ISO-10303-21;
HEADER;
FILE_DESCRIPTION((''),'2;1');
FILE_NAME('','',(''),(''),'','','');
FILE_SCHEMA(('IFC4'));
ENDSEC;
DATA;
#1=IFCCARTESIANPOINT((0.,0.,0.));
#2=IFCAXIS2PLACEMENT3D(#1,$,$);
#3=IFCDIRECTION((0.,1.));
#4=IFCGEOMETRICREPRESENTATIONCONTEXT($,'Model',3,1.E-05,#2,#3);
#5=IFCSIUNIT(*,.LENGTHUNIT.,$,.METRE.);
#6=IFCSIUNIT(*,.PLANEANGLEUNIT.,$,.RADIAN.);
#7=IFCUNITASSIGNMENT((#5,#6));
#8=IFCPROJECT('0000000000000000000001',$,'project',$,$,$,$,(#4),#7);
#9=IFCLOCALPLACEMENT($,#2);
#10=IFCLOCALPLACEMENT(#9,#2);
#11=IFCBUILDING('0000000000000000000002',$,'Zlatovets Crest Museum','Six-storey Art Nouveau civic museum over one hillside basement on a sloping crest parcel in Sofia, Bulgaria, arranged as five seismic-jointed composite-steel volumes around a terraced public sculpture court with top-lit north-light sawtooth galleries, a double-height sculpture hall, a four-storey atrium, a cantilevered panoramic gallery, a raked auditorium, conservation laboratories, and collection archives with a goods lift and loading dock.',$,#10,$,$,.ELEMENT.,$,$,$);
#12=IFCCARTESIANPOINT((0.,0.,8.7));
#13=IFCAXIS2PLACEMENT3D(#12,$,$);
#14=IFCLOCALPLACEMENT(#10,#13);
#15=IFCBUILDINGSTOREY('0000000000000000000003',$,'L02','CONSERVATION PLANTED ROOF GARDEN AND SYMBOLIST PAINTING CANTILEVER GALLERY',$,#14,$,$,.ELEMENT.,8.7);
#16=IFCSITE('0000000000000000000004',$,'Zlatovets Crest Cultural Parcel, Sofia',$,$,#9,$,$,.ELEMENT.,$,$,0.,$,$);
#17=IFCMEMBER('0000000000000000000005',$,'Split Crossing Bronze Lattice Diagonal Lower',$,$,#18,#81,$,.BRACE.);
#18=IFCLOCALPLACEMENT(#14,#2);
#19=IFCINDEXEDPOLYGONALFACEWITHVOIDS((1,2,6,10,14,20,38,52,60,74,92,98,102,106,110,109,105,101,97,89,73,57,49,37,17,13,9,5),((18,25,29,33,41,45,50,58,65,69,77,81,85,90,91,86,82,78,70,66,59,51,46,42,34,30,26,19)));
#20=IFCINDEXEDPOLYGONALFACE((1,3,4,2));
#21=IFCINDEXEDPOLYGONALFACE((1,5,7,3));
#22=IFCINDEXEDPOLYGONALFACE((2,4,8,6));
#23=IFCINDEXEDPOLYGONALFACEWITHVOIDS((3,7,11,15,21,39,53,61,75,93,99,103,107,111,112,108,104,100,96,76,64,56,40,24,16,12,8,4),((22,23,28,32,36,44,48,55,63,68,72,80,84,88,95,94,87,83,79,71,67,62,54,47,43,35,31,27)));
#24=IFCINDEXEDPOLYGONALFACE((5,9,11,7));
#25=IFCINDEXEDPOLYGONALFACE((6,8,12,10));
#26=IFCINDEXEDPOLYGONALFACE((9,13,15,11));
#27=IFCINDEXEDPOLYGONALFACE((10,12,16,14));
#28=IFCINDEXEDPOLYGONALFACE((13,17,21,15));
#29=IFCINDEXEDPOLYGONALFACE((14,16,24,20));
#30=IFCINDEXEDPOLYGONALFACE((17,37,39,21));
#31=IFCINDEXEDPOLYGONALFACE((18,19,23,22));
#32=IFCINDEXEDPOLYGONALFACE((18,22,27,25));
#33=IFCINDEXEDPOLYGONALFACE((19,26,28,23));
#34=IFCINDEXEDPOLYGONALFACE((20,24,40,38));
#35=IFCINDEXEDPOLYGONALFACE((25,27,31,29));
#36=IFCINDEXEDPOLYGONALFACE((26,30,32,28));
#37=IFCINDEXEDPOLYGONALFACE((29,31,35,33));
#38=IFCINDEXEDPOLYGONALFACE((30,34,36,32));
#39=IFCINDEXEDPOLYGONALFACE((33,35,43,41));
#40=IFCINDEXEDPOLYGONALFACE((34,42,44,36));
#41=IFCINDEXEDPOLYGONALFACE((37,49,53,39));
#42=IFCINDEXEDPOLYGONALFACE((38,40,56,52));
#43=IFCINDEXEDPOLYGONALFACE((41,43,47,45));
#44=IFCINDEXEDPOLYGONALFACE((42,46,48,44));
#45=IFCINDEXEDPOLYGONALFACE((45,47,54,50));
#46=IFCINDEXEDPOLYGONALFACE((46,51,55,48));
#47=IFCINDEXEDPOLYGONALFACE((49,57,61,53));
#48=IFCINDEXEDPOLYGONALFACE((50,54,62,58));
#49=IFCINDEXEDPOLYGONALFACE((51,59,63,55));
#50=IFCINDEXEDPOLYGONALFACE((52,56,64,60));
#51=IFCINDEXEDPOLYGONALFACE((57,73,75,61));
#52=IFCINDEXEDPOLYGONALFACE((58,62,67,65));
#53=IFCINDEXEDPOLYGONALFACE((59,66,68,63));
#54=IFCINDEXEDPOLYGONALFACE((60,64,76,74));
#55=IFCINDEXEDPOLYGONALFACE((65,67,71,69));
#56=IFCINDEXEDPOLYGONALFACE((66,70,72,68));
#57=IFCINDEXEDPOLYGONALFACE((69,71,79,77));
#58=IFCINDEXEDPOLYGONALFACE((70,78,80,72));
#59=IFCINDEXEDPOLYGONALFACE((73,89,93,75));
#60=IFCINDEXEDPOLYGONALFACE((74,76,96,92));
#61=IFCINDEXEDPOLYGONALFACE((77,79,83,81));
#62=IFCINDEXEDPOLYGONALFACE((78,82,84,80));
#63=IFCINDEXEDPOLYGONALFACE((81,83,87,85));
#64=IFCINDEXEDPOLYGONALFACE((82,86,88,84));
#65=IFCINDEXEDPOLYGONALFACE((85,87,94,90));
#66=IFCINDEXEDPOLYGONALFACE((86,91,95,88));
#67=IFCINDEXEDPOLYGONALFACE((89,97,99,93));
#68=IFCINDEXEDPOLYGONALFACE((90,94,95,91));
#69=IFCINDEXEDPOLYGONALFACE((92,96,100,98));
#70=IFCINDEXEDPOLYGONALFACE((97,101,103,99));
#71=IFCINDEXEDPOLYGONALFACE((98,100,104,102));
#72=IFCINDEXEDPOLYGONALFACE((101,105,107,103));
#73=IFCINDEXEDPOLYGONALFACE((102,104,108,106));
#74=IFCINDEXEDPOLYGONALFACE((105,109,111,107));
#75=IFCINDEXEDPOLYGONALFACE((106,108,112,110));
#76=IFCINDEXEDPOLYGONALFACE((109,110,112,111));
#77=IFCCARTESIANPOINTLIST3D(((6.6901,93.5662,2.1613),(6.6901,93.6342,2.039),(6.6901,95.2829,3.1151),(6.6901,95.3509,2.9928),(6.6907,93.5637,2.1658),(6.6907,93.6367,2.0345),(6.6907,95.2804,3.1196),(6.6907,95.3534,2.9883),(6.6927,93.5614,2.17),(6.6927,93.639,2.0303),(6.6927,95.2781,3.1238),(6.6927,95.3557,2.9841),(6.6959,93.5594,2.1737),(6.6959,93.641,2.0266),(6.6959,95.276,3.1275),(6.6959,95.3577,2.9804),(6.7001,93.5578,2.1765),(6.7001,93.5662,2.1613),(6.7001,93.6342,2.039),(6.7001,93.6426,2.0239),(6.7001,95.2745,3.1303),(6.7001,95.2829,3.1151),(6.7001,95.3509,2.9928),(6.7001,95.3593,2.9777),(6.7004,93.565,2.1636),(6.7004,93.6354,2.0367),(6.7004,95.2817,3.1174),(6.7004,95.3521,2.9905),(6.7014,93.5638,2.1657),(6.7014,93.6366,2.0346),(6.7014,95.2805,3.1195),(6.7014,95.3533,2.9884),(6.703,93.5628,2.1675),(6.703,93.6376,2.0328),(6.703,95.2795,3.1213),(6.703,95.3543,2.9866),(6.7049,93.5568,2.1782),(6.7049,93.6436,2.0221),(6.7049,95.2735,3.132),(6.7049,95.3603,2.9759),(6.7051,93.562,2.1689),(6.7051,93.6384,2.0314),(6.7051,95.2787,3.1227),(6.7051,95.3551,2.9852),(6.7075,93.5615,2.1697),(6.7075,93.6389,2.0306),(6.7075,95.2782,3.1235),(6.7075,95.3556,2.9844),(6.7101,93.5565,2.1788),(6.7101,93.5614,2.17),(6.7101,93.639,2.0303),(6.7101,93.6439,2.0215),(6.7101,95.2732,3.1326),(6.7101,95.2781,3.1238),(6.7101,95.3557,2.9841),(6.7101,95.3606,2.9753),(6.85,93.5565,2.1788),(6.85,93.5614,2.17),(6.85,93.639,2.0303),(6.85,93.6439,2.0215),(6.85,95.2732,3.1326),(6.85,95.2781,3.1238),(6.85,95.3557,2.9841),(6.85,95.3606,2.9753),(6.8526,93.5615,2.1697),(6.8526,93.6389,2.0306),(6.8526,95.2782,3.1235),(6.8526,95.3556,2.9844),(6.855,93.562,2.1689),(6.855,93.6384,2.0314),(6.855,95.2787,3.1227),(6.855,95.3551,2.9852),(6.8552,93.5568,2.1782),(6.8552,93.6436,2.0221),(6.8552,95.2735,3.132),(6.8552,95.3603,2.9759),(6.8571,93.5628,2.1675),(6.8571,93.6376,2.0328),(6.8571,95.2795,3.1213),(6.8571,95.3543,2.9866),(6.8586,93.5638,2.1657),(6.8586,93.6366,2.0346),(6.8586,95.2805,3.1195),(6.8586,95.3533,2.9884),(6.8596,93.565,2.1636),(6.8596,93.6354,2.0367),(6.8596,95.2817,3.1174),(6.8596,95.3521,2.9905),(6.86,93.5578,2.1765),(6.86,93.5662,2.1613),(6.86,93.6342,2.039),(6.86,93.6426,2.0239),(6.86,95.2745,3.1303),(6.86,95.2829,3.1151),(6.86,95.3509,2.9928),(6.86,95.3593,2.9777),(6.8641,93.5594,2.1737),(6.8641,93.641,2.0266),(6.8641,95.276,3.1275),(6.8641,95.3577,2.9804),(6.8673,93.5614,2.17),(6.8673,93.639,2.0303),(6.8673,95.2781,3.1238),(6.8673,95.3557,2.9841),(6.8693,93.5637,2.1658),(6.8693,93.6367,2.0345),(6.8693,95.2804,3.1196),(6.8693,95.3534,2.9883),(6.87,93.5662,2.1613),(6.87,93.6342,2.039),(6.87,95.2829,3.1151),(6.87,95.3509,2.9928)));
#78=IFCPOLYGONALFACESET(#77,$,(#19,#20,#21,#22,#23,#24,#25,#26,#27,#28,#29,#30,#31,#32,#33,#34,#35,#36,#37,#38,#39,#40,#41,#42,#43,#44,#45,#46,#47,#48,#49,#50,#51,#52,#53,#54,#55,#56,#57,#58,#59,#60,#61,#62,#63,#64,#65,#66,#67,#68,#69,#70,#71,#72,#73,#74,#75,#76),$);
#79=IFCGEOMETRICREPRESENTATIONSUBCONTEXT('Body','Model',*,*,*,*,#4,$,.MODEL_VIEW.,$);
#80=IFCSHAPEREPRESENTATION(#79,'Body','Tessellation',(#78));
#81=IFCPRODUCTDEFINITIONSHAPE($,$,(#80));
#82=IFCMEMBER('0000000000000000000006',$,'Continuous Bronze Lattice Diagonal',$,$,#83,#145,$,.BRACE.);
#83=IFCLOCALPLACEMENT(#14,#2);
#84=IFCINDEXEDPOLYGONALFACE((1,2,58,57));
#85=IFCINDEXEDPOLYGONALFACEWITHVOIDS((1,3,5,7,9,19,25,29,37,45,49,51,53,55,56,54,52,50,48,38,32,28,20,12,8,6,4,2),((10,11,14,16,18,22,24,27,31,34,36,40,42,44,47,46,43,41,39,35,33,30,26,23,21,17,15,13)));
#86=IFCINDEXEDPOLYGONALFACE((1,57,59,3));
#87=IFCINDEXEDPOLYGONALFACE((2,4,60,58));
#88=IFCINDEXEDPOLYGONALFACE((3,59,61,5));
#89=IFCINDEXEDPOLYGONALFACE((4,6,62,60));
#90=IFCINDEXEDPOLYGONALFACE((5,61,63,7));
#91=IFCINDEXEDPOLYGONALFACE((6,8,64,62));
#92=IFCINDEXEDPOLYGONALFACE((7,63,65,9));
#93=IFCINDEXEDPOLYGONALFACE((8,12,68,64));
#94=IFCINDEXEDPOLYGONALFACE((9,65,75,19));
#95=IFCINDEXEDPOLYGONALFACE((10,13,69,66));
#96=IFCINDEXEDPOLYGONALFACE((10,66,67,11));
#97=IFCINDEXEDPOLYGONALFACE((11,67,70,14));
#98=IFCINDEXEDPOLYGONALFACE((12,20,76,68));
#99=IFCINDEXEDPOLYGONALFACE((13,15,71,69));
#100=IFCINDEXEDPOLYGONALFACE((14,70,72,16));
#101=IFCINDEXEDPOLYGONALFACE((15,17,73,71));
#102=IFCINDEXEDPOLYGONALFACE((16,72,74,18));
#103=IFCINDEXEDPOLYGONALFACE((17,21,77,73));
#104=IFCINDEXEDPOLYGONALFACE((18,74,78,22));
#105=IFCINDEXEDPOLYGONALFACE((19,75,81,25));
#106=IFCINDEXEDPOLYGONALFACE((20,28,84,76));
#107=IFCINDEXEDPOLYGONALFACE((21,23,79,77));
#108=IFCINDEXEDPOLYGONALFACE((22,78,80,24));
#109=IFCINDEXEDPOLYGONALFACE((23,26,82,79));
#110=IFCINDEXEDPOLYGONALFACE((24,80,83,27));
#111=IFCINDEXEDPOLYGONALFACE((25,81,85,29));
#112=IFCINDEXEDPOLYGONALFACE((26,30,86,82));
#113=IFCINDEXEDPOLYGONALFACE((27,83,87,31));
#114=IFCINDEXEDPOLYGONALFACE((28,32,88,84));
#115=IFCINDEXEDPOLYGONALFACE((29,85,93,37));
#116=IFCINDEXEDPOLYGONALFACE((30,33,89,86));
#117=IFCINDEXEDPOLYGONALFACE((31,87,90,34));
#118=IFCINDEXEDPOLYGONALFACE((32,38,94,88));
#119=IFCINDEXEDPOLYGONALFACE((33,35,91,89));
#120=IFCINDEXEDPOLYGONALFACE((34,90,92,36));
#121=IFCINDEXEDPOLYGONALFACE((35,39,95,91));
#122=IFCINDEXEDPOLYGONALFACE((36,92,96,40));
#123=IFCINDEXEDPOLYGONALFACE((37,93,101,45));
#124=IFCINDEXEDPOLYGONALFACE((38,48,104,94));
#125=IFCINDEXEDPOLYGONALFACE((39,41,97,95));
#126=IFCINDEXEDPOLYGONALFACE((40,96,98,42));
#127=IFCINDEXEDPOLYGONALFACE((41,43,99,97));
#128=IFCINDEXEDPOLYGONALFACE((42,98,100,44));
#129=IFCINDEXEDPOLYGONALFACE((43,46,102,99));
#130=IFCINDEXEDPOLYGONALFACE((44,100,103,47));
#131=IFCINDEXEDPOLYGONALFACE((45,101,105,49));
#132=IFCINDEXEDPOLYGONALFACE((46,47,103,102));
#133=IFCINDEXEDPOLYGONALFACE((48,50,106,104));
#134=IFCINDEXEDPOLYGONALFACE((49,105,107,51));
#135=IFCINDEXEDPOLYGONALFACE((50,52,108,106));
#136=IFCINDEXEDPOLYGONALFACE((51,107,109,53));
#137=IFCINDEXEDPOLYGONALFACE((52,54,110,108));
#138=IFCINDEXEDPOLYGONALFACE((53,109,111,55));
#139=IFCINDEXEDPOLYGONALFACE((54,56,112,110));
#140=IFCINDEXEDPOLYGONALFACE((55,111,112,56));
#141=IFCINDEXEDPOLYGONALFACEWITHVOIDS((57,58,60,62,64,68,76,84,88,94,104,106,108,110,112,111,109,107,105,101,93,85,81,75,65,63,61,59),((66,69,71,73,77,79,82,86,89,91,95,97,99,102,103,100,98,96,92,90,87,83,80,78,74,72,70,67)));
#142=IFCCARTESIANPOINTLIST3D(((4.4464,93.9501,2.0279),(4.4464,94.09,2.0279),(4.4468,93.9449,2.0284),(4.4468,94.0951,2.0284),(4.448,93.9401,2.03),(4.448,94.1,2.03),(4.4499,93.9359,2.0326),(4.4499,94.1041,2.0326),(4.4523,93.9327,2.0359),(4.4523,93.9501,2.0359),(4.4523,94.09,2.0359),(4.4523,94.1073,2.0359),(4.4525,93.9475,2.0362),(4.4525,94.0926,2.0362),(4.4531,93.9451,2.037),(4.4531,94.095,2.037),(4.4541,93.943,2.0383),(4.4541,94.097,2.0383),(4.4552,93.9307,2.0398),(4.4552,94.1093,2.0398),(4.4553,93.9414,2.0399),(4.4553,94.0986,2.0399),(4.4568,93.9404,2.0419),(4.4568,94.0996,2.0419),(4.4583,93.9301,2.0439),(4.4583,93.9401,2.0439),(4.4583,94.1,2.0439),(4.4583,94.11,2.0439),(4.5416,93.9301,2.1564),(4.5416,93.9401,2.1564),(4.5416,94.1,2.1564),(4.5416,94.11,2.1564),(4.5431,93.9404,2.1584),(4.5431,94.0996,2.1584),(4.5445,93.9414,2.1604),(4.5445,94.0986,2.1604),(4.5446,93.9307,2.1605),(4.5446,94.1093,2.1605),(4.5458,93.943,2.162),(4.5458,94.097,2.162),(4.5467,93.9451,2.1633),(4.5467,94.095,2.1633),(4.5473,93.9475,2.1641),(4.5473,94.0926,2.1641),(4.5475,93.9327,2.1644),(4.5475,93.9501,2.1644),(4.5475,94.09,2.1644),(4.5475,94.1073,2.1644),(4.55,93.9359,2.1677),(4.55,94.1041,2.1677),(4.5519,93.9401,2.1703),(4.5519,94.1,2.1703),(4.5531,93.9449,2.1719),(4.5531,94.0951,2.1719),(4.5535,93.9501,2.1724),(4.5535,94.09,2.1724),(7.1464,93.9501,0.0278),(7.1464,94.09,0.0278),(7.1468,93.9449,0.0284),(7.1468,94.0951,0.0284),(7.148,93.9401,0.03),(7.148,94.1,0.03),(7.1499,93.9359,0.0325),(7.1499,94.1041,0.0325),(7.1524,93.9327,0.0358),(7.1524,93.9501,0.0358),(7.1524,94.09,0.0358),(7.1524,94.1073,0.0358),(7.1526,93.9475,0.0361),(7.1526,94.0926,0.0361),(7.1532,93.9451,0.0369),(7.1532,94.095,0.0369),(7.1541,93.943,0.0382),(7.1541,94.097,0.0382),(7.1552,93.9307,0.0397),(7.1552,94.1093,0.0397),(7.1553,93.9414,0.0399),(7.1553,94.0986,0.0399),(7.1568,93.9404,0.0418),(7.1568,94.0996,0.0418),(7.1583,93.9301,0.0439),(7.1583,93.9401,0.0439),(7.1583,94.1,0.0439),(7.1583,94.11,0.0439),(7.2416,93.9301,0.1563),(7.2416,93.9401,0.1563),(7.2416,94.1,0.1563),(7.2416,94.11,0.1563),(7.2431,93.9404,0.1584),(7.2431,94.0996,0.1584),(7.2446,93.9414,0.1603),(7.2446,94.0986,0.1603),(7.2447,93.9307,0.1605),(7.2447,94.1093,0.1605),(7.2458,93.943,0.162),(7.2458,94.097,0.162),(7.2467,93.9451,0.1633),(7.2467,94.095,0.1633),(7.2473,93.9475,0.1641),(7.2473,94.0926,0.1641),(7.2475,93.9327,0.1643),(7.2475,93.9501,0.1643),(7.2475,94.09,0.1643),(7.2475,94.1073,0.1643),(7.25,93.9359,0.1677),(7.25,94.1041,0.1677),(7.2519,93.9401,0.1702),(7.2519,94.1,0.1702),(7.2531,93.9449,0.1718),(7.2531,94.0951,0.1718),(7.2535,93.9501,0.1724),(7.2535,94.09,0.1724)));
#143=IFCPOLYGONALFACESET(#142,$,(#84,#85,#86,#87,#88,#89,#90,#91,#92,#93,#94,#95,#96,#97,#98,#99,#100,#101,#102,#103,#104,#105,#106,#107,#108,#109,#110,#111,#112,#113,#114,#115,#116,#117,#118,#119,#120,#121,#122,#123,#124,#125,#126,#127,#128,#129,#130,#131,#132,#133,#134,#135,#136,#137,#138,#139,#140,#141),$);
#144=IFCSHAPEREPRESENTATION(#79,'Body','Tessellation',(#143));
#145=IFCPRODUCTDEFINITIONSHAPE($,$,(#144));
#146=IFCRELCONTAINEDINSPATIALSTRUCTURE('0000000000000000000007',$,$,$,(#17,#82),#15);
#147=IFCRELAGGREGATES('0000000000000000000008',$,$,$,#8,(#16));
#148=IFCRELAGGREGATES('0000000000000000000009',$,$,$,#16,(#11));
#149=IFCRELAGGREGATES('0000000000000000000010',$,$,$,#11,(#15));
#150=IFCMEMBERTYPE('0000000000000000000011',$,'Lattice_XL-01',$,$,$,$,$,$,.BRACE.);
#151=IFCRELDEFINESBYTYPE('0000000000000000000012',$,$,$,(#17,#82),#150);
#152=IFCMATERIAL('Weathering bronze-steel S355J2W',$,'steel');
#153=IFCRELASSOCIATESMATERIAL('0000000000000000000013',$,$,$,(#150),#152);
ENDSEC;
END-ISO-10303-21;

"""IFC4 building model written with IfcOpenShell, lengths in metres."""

from ifc_helpers import new_model, si_unit, direction, frame, origin, origin_2d, place, context, subcontext, project, spatial, hollow_rectangle, extrude, material, material_profile, profile_set, type_object, element, save


model = new_model("IFC4")

# Units and contexts
model_context = context("Model", 3, precision=1e-05, world=origin(), true_north=direction((0.0, 1.0)))
body_context = subcontext(model_context, "Body", "Model", "MODEL_VIEW")
ifc_project = project(units=[si_unit("LENGTHUNIT", "METRE"), si_unit("PLANEANGLEUNIT", "RADIAN")], contexts=[model_context])

# Site, building, storey
site_placement = place(None, origin())
site = spatial("IfcSite", under=ifc_project, at=site_placement, Name="Zlatovets Crest Cultural Parcel, Sofia", CompositionType="ELEMENT", RefElevation=0.0)
building_placement = place(site_placement, origin())
building = spatial("IfcBuilding", under=site, at=building_placement, Name="Zlatovets Crest Museum", Description="Six-storey Art Nouveau civic museum over one hillside basement on a sloping crest parcel in Sofia, Bulgaria, arranged as five seismic-jointed composite-steel volumes around a terraced public sculpture court with top-lit north-light sawtooth galleries, a double-height sculpture hall, a four-storey atrium, a cantilevered panoramic gallery, a raked auditorium, conservation laboratories, and collection archives with a goods lift and loading dock.", CompositionType="ELEMENT")
storey_placement = place(building_placement, frame((0.0, 0.0, 8.7)))
storey = spatial("IfcBuildingStorey", under=building, at=storey_placement, Name="L02", Description="CONSERVATION PLANTED ROOF GARDEN AND SYMBOLIST PAINTING CANTILEVER GALLERY", CompositionType="ELEMENT", Elevation=8.7)

# Members
ifc_material_1 = material(Name="Weathering bronze-steel S355J2W", Category="steel")
ifc_material_profile_1 = material_profile(ifc_material_1, hollow_rectangle(XDim=0.1799, YDim=0.1799, WallThickness=0.01, InnerFilletRadius=0.01, OuterFilletRadius=0.02, at=origin_2d()), Name="SHS 180x180x10.0")
ifc_profile_set_1 = profile_set([ifc_material_profile_1], Name="Weathering bronze-steel S355J2W")
member_type_1 = type_object("IfcMemberType", Name="Lattice_XL-01", PredefinedType="BRACE", material=ifc_profile_set_1)
member_1_placement = place(storey_placement, frame((6.78, 95.3169, 3.054), z_axis=(0.0, -0.87414, -0.485675), x_axis=(1.0, 0.0, 0.0)))
element("IfcMember", 1, at=member_1_placement, inside=storey, type_object=member_type_1, Name="Split Crossing Bronze Lattice Diagonal Lower", PredefinedType="BRACE", context=body_context, shape_type="SweptSolid", body=[
    extrude(hollow_rectangle(XDim=0.1799, YDim=0.1799, WallThickness=0.01, InnerFilletRadius=0.01, OuterFilletRadius=0.02, at=origin_2d()), origin(), (0.0, 0.0, 1.0), 1.9639),
])
member_2_placement = place(storey_placement, frame((7.2, 94.02, 0.1001), z_axis=(-0.803552, 0.0, 0.595235), x_axis=(0.0, -1.0, 0.0)))
element("IfcMember", 2, at=member_2_placement, inside=storey, type_object=member_type_1, Name="Continuous Bronze Lattice Diagonal", PredefinedType="BRACE", context=body_context, shape_type="SweptSolid", body=[
    extrude(hollow_rectangle(XDim=0.1799, YDim=0.1799, WallThickness=0.01, InnerFilletRadius=0.01, OuterFilletRadius=0.02, at=origin_2d()), origin(), (0.0, 0.0, 1.0), 3.3601),
])

save(model, "model.ifc")
